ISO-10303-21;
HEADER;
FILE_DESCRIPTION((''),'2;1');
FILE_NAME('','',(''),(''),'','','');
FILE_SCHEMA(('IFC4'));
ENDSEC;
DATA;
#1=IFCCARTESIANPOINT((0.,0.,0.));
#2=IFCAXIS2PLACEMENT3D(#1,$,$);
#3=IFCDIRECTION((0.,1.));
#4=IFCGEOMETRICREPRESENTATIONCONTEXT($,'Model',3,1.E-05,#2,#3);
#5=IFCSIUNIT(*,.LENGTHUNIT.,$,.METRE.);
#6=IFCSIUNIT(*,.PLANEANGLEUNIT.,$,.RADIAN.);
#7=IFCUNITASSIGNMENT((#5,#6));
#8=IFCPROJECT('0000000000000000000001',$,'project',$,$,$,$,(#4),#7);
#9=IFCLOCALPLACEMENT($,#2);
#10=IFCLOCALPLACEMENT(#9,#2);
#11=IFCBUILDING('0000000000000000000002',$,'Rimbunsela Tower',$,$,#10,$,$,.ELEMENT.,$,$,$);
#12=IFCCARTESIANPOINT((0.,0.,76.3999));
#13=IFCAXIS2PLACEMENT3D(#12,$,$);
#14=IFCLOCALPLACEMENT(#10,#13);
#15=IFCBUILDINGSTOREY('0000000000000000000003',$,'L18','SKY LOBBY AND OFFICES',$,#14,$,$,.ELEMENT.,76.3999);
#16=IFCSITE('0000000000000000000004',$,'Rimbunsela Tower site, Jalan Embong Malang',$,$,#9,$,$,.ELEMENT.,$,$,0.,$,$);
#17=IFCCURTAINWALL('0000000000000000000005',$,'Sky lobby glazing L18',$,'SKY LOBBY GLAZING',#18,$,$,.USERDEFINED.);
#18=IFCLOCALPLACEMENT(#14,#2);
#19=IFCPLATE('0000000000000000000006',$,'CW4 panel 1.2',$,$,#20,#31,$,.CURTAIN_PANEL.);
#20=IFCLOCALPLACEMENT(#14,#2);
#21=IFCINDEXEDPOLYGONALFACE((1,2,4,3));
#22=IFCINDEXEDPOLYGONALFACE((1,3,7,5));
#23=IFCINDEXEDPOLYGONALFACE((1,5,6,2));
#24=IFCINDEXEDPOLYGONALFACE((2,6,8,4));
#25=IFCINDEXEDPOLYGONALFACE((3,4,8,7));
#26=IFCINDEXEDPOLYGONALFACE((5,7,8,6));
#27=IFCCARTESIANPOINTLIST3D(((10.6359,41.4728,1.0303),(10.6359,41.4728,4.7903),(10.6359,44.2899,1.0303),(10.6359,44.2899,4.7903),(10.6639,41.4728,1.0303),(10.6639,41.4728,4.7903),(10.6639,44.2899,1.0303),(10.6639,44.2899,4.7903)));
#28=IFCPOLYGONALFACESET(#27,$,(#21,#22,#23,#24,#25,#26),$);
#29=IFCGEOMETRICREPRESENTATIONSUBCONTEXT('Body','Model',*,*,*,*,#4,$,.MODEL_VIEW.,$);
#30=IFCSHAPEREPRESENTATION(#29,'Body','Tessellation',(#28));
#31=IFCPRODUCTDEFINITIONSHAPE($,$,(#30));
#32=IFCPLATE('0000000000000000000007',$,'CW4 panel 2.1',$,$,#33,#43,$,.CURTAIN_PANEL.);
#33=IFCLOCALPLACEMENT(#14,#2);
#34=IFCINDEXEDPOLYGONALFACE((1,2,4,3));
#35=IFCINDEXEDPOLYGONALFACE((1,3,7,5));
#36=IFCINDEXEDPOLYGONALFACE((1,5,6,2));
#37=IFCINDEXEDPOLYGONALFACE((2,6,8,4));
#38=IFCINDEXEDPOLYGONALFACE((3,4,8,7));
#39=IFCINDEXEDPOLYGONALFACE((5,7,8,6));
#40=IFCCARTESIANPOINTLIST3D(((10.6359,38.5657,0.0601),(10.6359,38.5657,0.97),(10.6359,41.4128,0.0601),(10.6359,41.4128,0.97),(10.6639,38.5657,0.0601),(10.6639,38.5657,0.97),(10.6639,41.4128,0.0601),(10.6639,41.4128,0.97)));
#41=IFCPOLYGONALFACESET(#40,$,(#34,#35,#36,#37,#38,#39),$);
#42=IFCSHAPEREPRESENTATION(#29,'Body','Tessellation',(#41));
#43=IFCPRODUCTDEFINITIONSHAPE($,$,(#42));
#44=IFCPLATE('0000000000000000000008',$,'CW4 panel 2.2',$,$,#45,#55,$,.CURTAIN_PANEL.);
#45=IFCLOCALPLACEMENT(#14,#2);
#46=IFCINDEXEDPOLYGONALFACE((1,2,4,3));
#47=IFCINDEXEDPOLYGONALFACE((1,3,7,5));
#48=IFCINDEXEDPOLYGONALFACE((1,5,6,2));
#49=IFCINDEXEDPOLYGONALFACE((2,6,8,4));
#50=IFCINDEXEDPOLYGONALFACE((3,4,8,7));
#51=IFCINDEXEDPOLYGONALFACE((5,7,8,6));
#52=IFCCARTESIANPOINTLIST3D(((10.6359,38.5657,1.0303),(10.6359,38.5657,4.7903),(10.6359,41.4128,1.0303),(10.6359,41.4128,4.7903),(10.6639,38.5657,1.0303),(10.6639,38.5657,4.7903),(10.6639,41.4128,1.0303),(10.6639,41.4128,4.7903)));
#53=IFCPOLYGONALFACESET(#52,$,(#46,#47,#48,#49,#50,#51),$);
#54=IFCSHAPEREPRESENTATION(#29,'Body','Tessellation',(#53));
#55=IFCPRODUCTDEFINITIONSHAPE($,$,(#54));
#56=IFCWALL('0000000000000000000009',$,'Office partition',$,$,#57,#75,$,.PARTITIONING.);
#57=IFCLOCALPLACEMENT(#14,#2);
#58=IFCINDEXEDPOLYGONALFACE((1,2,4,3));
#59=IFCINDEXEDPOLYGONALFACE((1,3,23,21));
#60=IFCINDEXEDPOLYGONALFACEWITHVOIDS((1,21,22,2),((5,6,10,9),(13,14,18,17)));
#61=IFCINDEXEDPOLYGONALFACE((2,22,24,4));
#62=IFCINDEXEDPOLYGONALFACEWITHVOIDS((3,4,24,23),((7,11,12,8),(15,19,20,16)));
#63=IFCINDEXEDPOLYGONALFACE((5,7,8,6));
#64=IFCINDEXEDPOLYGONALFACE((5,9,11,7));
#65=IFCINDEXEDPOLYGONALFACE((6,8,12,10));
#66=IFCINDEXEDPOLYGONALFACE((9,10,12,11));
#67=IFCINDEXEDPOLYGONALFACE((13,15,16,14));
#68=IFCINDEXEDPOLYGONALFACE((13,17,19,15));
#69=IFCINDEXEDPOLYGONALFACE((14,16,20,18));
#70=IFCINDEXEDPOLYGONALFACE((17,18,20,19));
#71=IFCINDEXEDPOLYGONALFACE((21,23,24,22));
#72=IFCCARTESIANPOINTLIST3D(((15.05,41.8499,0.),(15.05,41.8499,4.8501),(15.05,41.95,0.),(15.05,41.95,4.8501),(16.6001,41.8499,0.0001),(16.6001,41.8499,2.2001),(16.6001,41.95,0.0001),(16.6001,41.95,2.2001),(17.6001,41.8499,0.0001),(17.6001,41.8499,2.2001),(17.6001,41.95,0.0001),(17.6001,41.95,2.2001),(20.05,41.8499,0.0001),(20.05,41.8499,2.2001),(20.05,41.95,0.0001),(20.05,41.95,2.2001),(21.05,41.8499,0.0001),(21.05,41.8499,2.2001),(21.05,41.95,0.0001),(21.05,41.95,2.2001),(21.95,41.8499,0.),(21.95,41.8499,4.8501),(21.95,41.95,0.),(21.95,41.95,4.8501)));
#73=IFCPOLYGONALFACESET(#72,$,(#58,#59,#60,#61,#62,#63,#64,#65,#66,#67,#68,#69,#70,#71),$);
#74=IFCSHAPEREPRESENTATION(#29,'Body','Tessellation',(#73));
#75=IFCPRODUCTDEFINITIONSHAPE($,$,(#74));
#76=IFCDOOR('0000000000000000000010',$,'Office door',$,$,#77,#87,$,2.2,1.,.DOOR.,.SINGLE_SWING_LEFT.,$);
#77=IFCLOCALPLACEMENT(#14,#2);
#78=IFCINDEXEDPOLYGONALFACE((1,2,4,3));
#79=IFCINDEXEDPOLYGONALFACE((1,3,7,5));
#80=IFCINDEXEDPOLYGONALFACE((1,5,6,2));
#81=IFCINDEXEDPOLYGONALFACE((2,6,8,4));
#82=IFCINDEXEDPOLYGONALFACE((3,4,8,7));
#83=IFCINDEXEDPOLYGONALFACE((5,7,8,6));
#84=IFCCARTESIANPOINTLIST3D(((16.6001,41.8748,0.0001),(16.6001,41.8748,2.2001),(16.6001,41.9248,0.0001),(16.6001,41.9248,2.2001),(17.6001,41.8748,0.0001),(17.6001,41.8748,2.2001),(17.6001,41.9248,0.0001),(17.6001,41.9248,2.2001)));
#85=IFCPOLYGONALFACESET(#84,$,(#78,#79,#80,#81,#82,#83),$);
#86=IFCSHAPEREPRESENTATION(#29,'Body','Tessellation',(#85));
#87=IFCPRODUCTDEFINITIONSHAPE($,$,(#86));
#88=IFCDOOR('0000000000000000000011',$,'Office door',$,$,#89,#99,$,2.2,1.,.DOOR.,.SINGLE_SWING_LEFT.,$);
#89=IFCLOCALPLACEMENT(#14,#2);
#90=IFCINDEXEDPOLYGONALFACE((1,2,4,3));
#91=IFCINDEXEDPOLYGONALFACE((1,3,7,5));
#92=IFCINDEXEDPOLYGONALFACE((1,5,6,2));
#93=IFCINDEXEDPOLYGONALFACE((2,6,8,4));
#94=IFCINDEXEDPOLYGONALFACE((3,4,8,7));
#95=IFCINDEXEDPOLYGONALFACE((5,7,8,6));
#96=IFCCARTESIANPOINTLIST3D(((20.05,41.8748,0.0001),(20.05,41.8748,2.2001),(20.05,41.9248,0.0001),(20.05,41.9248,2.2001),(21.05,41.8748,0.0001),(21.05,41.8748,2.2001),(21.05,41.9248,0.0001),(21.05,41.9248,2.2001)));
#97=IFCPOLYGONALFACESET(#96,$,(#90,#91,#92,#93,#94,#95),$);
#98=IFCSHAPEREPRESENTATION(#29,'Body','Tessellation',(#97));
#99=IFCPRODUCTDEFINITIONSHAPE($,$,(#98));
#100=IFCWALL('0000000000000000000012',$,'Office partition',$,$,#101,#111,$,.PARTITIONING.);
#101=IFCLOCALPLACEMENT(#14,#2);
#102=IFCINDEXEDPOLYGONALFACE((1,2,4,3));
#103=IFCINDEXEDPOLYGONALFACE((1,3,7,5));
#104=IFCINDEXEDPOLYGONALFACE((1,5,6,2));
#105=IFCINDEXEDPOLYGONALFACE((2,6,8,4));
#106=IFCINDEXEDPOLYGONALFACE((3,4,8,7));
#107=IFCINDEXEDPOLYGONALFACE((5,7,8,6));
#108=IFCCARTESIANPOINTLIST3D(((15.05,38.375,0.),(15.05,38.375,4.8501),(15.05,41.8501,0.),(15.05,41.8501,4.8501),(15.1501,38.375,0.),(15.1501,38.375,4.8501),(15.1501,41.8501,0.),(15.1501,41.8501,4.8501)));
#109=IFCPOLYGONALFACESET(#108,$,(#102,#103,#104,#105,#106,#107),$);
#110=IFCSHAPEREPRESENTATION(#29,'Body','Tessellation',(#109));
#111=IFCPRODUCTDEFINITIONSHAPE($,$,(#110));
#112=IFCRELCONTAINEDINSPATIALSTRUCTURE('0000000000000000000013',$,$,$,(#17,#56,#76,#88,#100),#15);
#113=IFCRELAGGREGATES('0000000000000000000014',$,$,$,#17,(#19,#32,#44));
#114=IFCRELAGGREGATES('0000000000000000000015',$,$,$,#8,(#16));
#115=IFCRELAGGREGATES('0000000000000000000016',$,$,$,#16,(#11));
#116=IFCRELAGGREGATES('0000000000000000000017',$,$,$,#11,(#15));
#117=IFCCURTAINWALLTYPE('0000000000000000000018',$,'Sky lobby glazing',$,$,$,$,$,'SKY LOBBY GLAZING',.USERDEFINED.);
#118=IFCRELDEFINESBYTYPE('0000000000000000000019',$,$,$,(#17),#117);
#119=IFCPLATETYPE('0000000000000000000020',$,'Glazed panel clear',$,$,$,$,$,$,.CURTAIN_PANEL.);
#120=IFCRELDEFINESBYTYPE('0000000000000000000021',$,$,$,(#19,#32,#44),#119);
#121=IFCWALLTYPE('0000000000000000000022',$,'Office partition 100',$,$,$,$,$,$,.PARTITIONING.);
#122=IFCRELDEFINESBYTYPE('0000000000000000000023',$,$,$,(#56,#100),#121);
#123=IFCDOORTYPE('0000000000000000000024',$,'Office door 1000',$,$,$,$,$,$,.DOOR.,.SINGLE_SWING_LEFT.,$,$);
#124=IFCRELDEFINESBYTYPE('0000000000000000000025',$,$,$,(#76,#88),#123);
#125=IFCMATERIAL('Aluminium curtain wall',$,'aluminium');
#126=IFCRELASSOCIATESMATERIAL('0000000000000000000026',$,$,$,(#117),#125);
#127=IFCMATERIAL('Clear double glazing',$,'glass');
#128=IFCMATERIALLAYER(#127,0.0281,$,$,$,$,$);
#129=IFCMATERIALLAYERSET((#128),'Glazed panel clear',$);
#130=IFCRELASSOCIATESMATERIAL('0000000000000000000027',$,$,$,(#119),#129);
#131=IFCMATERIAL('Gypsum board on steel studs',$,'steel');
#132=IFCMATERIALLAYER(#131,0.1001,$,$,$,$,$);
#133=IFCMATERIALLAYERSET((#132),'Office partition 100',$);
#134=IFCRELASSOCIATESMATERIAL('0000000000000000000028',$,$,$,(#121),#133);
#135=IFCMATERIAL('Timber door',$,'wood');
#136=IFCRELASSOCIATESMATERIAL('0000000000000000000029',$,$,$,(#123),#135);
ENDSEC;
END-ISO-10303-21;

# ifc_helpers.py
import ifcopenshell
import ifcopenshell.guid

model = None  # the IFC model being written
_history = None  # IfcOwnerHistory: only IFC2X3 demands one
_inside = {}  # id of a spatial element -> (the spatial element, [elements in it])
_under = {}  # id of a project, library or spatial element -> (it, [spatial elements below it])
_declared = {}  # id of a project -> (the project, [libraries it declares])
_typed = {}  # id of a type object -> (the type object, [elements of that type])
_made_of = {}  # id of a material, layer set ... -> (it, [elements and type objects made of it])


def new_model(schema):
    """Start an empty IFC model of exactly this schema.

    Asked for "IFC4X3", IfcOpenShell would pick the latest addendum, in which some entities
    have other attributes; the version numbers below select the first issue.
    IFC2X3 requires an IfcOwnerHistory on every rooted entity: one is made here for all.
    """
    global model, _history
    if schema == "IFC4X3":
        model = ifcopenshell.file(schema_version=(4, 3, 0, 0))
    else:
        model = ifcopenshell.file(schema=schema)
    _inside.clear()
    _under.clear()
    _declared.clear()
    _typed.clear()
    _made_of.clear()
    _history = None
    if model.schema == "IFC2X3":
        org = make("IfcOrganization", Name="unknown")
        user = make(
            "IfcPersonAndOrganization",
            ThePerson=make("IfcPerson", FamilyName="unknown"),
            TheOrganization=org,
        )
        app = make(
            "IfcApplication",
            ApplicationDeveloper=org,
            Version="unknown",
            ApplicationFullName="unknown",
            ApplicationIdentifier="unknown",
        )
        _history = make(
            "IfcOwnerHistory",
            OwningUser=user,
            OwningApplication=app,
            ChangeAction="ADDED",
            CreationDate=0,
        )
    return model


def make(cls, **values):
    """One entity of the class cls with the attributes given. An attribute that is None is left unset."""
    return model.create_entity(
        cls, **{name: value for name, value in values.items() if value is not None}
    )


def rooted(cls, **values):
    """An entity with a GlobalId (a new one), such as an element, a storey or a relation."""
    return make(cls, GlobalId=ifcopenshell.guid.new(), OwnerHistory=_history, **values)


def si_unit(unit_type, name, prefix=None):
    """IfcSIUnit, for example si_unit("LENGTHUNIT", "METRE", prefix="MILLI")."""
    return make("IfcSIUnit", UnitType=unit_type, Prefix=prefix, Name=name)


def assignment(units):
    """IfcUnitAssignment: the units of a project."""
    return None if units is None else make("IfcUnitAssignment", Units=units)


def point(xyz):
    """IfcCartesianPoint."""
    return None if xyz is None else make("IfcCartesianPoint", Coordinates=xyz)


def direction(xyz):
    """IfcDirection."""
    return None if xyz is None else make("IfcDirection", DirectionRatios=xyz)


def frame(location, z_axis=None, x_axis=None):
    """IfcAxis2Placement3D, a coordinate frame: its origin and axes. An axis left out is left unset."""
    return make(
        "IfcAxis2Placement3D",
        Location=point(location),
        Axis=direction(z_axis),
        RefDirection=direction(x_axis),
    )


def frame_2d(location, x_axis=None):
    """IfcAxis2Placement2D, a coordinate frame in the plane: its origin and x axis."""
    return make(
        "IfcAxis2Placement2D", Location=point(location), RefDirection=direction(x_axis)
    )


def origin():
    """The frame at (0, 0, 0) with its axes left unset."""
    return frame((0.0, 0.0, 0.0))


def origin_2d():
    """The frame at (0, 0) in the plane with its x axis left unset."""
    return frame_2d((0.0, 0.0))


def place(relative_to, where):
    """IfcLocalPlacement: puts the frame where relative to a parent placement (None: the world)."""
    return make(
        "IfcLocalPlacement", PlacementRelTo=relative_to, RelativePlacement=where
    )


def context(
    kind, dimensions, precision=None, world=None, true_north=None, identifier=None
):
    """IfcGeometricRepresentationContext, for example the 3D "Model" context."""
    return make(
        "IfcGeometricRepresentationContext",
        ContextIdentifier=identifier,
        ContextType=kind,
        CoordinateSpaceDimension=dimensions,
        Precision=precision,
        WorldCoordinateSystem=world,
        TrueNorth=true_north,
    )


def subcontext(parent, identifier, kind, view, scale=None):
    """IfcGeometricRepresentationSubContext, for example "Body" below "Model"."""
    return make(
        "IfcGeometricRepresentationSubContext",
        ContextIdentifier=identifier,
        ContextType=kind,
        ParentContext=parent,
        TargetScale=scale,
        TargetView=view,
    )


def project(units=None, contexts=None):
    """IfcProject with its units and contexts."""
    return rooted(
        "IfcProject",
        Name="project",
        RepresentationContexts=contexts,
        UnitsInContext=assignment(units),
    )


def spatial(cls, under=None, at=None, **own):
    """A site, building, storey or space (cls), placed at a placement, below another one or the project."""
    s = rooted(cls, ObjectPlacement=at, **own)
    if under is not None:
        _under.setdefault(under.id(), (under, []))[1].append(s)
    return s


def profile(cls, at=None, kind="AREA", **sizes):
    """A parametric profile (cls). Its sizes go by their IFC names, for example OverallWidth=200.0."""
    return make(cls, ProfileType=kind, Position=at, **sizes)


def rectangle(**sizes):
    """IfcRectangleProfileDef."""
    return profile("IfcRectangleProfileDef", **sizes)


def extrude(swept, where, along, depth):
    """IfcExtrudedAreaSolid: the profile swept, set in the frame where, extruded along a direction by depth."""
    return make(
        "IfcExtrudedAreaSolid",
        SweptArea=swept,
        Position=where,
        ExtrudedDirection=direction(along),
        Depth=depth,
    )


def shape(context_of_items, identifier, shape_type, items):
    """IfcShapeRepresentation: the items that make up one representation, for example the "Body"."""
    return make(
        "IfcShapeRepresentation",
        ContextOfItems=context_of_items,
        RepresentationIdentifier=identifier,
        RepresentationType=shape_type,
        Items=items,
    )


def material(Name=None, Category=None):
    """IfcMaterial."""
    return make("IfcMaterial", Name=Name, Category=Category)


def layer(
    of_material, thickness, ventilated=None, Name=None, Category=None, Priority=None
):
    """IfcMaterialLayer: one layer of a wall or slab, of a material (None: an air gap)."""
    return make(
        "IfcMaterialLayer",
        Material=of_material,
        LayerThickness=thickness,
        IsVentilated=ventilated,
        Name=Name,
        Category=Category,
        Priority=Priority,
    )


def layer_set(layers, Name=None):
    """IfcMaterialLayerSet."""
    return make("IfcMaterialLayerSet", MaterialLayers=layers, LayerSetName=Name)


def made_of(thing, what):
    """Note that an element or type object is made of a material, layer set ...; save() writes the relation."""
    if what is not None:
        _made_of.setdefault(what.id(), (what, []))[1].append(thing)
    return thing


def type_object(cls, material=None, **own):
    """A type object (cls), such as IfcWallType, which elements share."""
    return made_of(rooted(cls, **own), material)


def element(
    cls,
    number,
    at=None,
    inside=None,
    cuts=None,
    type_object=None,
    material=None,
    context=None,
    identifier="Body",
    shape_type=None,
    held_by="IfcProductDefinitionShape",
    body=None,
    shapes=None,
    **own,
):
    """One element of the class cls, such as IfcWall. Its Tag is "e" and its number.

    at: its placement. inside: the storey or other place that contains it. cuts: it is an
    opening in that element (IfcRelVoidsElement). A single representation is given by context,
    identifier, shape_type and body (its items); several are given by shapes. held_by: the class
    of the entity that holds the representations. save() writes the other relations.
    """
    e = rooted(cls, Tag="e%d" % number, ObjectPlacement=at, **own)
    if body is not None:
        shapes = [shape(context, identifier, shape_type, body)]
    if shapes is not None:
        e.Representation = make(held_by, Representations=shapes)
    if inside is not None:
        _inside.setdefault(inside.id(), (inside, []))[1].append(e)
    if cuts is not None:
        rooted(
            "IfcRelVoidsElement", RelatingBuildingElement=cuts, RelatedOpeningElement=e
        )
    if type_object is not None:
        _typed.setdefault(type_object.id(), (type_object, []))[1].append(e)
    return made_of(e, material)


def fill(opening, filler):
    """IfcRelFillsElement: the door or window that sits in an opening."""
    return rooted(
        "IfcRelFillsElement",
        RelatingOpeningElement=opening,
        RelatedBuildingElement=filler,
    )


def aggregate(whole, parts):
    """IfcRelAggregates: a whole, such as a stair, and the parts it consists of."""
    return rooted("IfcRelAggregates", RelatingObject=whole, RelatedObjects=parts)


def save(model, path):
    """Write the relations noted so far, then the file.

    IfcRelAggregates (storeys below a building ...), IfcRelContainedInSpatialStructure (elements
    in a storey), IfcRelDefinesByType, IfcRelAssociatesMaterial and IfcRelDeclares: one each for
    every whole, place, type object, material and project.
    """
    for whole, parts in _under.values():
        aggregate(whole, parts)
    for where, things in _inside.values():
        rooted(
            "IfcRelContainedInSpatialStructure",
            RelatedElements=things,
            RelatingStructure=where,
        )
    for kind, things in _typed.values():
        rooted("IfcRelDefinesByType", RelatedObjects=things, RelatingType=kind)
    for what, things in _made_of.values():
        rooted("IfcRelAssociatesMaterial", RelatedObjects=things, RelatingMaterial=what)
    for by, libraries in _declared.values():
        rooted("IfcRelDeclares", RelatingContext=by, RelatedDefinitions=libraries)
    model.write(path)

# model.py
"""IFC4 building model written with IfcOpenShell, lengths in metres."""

from ifc_helpers import new_model, si_unit, direction, frame, frame_2d, origin, origin_2d, place, context, subcontext, project, spatial, rectangle, extrude, material, layer, layer_set, type_object, element, fill, aggregate, save


model = new_model("IFC4")

# Units and contexts
model_context = context("Model", 3, precision=1e-05, world=origin(), true_north=direction((0.0, 1.0)))
body_context = subcontext(model_context, "Body", "Model", "MODEL_VIEW")
ifc_project = project(units=[si_unit("LENGTHUNIT", "METRE"), si_unit("PLANEANGLEUNIT", "RADIAN")], contexts=[model_context])

# Site, building, storey
site_placement = place(None, origin())
site = spatial("IfcSite", under=ifc_project, at=site_placement, Name="Rimbunsela Tower site, Jalan Embong Malang", CompositionType="ELEMENT", RefElevation=0.0)
building_placement = place(site_placement, origin())
building = spatial("IfcBuilding", under=site, at=building_placement, Name="Rimbunsela Tower", CompositionType="ELEMENT")
storey_placement = place(building_placement, frame((0.0, 0.0, 76.3999)))
storey = spatial("IfcBuildingStorey", under=building, at=storey_placement, Name="L18", Description="SKY LOBBY AND OFFICES", CompositionType="ELEMENT", Elevation=76.3999)

# Curtain wall, plates
ifc_material_1 = material(Name="Aluminium curtain wall", Category="aluminium")
curtain_wall_type = type_object("IfcCurtainWallType", Name="Sky lobby glazing", ElementType="SKY LOBBY GLAZING", PredefinedType="USERDEFINED", material=ifc_material_1)
curtain_wall_placement = place(storey_placement, origin())
curtain_wall = element("IfcCurtainWall", 1, at=curtain_wall_placement, inside=storey, type_object=curtain_wall_type, Name="Sky lobby glazing L18", ObjectType="SKY LOBBY GLAZING", PredefinedType="USERDEFINED")
ifc_material_2 = material(Name="Clear double glazing", Category="glass")
ifc_layer_1 = layer(ifc_material_2, 0.0281)
ifc_layer_set_1 = layer_set([ifc_layer_1], Name="Glazed panel clear")
plate_type = type_object("IfcPlateType", Name="Glazed panel clear", PredefinedType="CURTAIN_PANEL", material=ifc_layer_set_1)
plate_1_placement = place(storey_placement, frame((10.6499, 42.8813, 1.0303), z_axis=(0.0, 0.0, 1.0), x_axis=(0.0, -1.0, 0.0)))
plate_1 = element("IfcPlate", 2, at=plate_1_placement, type_object=plate_type, Name="CW4 panel 1.2", PredefinedType="CURTAIN_PANEL", context=body_context, shape_type="SweptSolid", body=[
    extrude(rectangle(XDim=2.8171, YDim=0.0281, at=origin_2d()), origin(), (0.0, 0.0, 1.0), 3.76),
])
plate_2_placement = place(storey_placement, frame((10.6499, 39.9893, 0.0601), z_axis=(0.0, 0.0, 1.0), x_axis=(0.0, -1.0, 0.0)))
plate_2 = element("IfcPlate", 3, at=plate_2_placement, type_object=plate_type, Name="CW4 panel 2.1", PredefinedType="CURTAIN_PANEL", context=body_context, shape_type="SweptSolid", body=[
    extrude(rectangle(XDim=2.8472, YDim=0.0281, at=origin_2d()), origin(), (0.0, 0.0, 1.0), 0.9099),
])
plate_3_placement = place(storey_placement, frame((10.6499, 39.9893, 1.0303), z_axis=(0.0, 0.0, 1.0), x_axis=(0.0, -1.0, 0.0)))
plate_3 = element("IfcPlate", 4, at=plate_3_placement, type_object=plate_type, Name="CW4 panel 2.2", PredefinedType="CURTAIN_PANEL", context=body_context, shape_type="SweptSolid", body=[
    extrude(rectangle(XDim=2.8472, YDim=0.0281, at=origin_2d()), origin(), (0.0, 0.0, 1.0), 3.76),
])
aggregate(curtain_wall, [plate_1, plate_2, plate_3])

# Wall, openings, doors
ifc_material_3 = material(Name="Gypsum board on steel studs", Category="steel")
ifc_layer_2 = layer(ifc_material_3, 0.1001)
ifc_layer_set_2 = layer_set([ifc_layer_2], Name="Office partition 100")
wall_type = type_object("IfcWallType", Name="Office partition 100", PredefinedType="PARTITIONING", material=ifc_layer_set_2)
wall_1_placement = place(storey_placement, frame((15.05, 41.8999, 0.0), z_axis=(0.0, 0.0, 1.0), x_axis=(1.0, 0.0, 0.0)))
wall_1 = element("IfcWall", 5, at=wall_1_placement, inside=storey, type_object=wall_type, Name="Office partition", PredefinedType="PARTITIONING", context=body_context, shape_type="SweptSolid", body=[
    extrude(rectangle(XDim=6.8999, YDim=0.1001, at=frame_2d((3.45, 0.0))), origin(), (0.0, 0.0, 1.0), 4.8501),
])
opening_1_placement = place(wall_1_placement, frame((1.55, 0.0, 0.0)))
opening_1 = element("IfcOpeningElement", 6, at=opening_1_placement, cuts=wall_1, PredefinedType="OPENING", context=body_context, shape_type="SweptSolid", body=[
    extrude(rectangle(XDim=1.0, YDim=2.2, at=frame_2d((0.5, 1.1001))), frame((0.0, 0.0601, 0.0), z_axis=(0.0, -1.0, 0.0), x_axis=(1.0, 0.0, 0.0)), (0.0, 0.0, 1.0), 0.1201),
])
opening_2_placement = place(wall_1_placement, frame((5.0, 0.0, 0.0)))
opening_2 = element("IfcOpeningElement", 7, at=opening_2_placement, cuts=wall_1, PredefinedType="OPENING", context=body_context, shape_type="SweptSolid", body=[
    extrude(rectangle(XDim=1.0, YDim=2.2, at=frame_2d((0.5, 1.1001))), frame((0.0, 0.0601, 0.0), z_axis=(0.0, -1.0, 0.0), x_axis=(1.0, 0.0, 0.0)), (0.0, 0.0, 1.0), 0.1201),
])
ifc_material_4 = material(Name="Timber door", Category="wood")
door_type = type_object("IfcDoorType", Name="Office door 1000", OperationType="SINGLE_SWING_LEFT", PredefinedType="DOOR", material=ifc_material_4)
door_1_placement = place(opening_1_placement, origin())
door_1 = element("IfcDoor", 8, at=door_1_placement, inside=storey, type_object=door_type, Name="Office door", OperationType="SINGLE_SWING_LEFT", OverallHeight=2.2, OverallWidth=1.0, PredefinedType="DOOR", context=body_context, shape_type="SweptSolid", body=[
    extrude(rectangle(XDim=1.0, YDim=2.2, at=frame_2d((0.5, 1.1001))), frame((0.0, 0.0249, 0.0), z_axis=(0.0, -1.0, 0.0), x_axis=(1.0, 0.0, 0.0)), (0.0, 0.0, 1.0), 0.05),
])
fill(opening_1, door_1)
door_2_placement = place(opening_2_placement, origin())
door_2 = element("IfcDoor", 9, at=door_2_placement, inside=storey, type_object=door_type, Name="Office door", OperationType="SINGLE_SWING_LEFT", OverallHeight=2.2, OverallWidth=1.0, PredefinedType="DOOR", context=body_context, shape_type="SweptSolid", body=[
    extrude(rectangle(XDim=1.0, YDim=2.2, at=frame_2d((0.5, 1.1001))), frame((0.0, 0.0249, 0.0), z_axis=(0.0, -1.0, 0.0), x_axis=(1.0, 0.0, 0.0)), (0.0, 0.0, 1.0), 0.05),
])
fill(opening_2, door_2)

# Wall
wall_2_placement = place(storey_placement, frame((15.1001, 38.375, 0.0), z_axis=(0.0, 0.0, 1.0), x_axis=(0.0, 1.0, 0.0)))
element("IfcWall", 10, at=wall_2_placement, inside=storey, type_object=wall_type, Name="Office partition", PredefinedType="PARTITIONING", context=body_context, shape_type="SweptSolid", body=[
    extrude(rectangle(XDim=3.4751, YDim=0.1001, at=frame_2d((1.7375, 0.0))), origin(), (0.0, 0.0, 1.0), 4.8501),
])

save(model, "model.ifc")
